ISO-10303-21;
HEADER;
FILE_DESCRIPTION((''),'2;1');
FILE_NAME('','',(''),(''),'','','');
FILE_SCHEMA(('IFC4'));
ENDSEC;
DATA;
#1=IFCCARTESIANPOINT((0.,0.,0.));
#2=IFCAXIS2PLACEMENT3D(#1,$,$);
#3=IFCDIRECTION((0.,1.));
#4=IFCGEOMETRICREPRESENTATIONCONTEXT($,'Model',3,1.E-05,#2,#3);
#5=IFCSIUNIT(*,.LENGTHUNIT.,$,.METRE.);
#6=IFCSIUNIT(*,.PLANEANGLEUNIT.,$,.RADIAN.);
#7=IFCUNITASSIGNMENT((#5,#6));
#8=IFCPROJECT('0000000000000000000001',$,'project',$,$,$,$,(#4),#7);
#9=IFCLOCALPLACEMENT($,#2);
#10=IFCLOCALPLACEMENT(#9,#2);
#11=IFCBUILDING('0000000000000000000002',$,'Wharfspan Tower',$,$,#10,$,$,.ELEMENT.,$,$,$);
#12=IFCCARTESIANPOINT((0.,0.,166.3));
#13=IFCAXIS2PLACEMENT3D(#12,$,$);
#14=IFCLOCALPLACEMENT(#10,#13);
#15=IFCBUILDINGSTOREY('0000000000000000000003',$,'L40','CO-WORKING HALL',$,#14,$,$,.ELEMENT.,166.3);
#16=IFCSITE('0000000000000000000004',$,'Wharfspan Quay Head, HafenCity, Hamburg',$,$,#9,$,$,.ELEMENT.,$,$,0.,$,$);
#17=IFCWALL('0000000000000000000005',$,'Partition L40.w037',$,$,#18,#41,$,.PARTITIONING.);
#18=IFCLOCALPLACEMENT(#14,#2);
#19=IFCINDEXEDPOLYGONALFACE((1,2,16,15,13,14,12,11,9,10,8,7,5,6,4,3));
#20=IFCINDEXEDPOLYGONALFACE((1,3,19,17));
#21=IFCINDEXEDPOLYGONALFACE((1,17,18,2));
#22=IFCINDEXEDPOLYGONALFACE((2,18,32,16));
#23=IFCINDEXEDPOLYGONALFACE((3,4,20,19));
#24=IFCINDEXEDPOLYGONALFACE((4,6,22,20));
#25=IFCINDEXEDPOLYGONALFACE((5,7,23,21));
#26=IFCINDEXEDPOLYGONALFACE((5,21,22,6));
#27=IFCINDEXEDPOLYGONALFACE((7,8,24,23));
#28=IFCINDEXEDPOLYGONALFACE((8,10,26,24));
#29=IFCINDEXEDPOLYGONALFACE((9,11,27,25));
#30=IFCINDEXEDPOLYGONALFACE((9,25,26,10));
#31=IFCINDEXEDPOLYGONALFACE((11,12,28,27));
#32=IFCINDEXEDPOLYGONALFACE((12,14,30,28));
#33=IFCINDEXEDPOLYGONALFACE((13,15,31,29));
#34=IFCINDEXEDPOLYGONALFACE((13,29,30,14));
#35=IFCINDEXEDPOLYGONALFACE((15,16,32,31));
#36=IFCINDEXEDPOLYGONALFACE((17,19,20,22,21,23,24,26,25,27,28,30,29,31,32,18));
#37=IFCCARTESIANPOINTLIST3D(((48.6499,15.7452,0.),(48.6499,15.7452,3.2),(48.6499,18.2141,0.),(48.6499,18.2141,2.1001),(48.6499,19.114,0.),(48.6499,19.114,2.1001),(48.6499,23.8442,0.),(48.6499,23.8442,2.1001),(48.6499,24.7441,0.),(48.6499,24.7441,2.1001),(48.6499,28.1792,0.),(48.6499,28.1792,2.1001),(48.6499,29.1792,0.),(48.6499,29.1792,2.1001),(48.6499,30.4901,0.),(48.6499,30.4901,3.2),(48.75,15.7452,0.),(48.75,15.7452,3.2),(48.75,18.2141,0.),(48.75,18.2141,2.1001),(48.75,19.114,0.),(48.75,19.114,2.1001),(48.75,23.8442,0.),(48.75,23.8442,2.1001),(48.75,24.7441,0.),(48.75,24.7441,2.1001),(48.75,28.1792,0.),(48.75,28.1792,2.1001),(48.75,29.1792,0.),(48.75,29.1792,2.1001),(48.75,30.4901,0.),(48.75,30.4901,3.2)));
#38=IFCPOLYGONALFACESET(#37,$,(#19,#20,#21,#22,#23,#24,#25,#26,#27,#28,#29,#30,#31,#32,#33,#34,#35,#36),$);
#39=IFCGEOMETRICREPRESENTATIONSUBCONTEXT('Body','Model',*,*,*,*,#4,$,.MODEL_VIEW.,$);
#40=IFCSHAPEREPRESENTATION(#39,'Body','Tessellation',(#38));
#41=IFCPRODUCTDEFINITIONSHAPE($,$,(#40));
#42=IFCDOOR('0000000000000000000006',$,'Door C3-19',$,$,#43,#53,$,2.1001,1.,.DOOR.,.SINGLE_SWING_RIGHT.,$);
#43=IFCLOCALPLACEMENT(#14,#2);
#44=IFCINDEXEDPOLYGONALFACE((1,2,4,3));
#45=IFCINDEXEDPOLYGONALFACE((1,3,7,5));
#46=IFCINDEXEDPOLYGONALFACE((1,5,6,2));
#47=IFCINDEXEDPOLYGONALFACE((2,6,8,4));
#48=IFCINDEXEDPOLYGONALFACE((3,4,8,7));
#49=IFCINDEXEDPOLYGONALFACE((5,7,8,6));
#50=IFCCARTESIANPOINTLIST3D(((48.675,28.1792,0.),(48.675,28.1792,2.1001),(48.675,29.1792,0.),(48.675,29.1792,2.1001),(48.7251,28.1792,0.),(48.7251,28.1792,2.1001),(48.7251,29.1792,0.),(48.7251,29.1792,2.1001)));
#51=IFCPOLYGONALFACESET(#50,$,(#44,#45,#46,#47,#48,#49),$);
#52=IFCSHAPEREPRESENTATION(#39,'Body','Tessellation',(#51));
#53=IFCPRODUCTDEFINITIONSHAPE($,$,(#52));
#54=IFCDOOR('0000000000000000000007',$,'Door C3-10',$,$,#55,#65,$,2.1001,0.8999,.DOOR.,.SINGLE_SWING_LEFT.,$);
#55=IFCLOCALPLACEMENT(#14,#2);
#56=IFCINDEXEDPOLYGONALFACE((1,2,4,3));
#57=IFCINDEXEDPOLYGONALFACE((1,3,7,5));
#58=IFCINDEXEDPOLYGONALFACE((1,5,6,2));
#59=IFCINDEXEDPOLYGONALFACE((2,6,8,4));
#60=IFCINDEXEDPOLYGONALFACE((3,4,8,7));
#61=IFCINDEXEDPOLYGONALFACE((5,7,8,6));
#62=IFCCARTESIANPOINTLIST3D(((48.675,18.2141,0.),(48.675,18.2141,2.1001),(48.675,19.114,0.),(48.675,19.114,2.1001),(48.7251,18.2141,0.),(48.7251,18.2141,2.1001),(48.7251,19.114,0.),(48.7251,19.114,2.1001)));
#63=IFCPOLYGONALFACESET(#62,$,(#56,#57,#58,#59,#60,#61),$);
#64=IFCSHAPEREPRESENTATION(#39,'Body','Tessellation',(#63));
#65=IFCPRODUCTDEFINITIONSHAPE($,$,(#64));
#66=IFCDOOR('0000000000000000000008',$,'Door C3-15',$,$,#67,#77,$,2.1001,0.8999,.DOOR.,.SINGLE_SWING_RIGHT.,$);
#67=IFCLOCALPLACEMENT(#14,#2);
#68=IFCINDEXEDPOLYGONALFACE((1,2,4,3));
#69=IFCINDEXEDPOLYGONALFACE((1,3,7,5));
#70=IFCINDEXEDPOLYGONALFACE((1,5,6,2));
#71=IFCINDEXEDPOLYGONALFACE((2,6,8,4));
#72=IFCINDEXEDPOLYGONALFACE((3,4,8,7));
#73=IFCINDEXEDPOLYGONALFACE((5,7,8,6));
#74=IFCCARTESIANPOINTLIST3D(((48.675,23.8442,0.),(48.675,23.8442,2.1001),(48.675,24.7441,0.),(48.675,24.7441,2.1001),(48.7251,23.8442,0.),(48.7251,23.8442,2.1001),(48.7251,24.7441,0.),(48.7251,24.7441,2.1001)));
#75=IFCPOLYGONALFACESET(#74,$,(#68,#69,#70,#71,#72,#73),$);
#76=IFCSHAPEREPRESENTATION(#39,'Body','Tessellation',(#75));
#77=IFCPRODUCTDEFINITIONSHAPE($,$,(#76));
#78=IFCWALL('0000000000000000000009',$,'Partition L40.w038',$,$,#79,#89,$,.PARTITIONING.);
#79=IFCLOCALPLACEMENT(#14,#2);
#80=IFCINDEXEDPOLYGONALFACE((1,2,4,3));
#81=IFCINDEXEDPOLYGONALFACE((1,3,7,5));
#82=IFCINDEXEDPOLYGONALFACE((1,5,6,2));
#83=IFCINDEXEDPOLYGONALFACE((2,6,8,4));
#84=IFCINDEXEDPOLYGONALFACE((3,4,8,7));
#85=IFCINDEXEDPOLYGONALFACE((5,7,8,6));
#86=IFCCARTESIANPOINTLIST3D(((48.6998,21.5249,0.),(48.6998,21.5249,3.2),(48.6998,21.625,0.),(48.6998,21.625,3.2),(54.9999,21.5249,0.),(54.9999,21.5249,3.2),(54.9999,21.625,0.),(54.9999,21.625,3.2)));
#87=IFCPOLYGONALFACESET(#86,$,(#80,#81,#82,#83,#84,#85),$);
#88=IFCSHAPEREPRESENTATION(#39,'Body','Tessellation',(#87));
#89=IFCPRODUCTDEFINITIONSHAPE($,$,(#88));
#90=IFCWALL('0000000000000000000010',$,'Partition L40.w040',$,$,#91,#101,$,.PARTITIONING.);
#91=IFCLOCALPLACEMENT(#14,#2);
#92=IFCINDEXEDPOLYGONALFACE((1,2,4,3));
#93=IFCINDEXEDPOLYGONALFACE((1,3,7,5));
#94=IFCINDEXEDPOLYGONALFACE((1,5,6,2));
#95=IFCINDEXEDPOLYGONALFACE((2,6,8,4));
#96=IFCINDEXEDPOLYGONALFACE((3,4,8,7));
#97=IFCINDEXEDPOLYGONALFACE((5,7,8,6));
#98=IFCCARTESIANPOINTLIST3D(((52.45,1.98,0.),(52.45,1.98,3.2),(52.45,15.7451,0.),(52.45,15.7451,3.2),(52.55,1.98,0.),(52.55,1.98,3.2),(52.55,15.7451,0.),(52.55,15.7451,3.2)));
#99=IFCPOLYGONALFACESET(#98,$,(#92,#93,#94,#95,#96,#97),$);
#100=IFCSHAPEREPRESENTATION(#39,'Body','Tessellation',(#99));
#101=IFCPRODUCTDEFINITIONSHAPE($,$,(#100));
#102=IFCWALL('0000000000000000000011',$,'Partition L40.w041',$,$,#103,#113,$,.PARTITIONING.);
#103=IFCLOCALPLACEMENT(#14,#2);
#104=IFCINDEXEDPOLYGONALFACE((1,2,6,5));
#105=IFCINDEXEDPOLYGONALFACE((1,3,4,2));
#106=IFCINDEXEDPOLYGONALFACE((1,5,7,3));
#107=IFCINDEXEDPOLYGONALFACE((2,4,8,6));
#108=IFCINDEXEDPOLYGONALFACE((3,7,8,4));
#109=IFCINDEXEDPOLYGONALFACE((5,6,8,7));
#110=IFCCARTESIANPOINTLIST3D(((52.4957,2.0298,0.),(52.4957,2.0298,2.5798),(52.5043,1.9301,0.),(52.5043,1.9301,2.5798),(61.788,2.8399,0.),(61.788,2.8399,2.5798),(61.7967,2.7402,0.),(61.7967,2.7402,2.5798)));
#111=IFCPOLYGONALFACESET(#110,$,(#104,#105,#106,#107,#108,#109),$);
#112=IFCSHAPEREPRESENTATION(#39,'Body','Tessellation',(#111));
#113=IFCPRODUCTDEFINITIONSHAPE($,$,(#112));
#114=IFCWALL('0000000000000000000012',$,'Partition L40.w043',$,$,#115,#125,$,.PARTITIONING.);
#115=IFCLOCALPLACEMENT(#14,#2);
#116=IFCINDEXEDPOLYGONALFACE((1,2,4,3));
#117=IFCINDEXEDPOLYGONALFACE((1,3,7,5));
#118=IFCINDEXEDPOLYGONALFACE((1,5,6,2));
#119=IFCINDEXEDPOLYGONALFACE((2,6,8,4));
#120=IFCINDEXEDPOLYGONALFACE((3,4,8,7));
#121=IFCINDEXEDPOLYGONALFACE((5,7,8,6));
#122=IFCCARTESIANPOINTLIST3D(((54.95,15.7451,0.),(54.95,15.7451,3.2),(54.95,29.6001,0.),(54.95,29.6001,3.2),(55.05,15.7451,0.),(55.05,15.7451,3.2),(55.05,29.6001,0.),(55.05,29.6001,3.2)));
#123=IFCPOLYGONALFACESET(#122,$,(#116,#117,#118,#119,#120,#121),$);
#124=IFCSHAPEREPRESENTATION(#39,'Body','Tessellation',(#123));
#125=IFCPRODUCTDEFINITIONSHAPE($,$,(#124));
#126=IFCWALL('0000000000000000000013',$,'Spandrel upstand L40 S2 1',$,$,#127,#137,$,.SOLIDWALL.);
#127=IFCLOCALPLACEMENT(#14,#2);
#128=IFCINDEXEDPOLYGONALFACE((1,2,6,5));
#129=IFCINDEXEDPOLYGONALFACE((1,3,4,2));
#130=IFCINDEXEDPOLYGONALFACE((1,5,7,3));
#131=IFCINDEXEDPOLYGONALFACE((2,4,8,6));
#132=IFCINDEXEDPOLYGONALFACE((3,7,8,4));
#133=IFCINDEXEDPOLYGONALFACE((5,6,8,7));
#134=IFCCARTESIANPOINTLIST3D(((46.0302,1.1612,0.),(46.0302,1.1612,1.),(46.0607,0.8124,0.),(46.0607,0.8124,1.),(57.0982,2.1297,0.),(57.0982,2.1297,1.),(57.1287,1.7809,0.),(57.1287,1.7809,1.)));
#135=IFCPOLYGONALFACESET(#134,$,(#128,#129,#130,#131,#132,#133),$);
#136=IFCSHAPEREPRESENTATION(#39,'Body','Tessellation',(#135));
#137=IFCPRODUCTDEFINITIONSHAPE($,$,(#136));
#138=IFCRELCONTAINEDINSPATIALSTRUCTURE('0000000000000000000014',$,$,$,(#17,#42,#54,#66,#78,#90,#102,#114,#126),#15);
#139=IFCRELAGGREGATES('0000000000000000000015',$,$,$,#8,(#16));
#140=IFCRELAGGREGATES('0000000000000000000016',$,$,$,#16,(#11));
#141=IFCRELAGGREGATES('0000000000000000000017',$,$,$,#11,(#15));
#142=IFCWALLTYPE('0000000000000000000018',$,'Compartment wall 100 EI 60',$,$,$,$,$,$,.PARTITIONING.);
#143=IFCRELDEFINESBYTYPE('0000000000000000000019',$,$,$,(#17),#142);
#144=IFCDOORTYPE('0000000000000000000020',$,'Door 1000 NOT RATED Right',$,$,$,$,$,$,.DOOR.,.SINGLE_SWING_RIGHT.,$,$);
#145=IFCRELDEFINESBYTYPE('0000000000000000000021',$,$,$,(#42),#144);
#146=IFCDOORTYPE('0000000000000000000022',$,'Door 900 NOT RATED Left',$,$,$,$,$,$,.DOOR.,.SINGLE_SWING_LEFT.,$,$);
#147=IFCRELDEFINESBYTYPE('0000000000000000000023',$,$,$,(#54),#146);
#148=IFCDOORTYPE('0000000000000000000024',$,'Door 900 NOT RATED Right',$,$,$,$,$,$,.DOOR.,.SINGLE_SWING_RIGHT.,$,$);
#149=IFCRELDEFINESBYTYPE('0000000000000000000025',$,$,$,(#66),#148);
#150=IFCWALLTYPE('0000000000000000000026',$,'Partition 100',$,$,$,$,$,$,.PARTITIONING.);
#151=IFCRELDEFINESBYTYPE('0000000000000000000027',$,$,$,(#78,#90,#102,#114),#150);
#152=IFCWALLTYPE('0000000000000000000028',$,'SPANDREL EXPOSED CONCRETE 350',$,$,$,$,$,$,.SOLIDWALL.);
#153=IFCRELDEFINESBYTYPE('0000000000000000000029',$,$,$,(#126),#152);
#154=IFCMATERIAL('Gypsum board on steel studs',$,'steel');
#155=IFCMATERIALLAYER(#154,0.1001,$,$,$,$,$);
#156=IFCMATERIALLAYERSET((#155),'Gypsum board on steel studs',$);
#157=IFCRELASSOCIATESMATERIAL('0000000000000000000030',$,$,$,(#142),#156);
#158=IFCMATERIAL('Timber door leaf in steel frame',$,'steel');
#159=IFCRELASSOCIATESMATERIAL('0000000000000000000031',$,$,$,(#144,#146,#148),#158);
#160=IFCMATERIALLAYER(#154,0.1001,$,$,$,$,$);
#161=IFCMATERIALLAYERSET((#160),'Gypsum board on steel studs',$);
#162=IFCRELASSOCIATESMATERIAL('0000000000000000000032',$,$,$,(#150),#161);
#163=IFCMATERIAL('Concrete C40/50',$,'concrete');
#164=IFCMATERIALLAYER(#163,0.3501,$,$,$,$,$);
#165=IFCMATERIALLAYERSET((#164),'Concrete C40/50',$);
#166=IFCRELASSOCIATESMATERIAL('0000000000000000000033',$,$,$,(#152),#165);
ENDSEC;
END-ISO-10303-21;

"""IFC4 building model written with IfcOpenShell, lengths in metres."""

from ifc_helpers import new_model, si_unit, direction, frame, frame_2d, origin, place, context, subcontext, project, spatial, rectangle, extrude, material, layer, layer_set, type_object, element, fill, save


model = new_model("IFC4")

# Units and contexts
model_context = context("Model", 3, precision=1e-05, world=origin(), true_north=direction((0.0, 1.0)))
body_context = subcontext(model_context, "Body", "Model", "MODEL_VIEW")
ifc_project = project(units=[si_unit("LENGTHUNIT", "METRE"), si_unit("PLANEANGLEUNIT", "RADIAN")], contexts=[model_context])

# Site, building, storey
site_placement = place(None, origin())
site = spatial("IfcSite", under=ifc_project, at=site_placement, Name="Wharfspan Quay Head, HafenCity, Hamburg", CompositionType="ELEMENT", RefElevation=0.0)
building_placement = place(site_placement, origin())
building = spatial("IfcBuilding", under=site, at=building_placement, Name="Wharfspan Tower", CompositionType="ELEMENT")
storey_placement = place(building_placement, frame((0.0, 0.0, 166.3)))
storey = spatial("IfcBuildingStorey", under=building, at=storey_placement, Name="L40", Description="CO-WORKING HALL", CompositionType="ELEMENT", Elevation=166.3)

# Shared definitions
ifc_material_1 = material(Name="Gypsum board on steel studs", Category="steel")
ifc_layer_1 = layer(ifc_material_1, 0.1001)
ifc_layer_set_1 = layer_set([ifc_layer_1], Name="Gypsum board on steel studs")
wall_type_1 = type_object("IfcWallType", Name="Compartment wall 100 EI 60", PredefinedType="PARTITIONING", material=ifc_layer_set_1)

# Wall, openings, doors
wall_1_placement = place(storey_placement, frame((48.7, 15.7451, 0.0), z_axis=(0.0, 0.0, 1.0), x_axis=(0.0, 1.0, 0.0)))
wall_1 = element("IfcWall", 1, at=wall_1_placement, inside=storey, type_object=wall_type_1, Name="Partition L40.w037", PredefinedType="PARTITIONING", context=body_context, shape_type="SweptSolid", body=[
    extrude(rectangle(XDim=14.7449, YDim=0.1001, at=frame_2d((7.3726, 0.0))), origin(), (0.0, 0.0, 1.0), 3.2),
])
opening_1_placement = place(wall_1_placement, frame((2.469, 0.0, 0.0)))
opening_1 = element("IfcOpeningElement", 2, at=opening_1_placement, cuts=wall_1, PredefinedType="OPENING", context=body_context, shape_type="SweptSolid", body=[
    extrude(rectangle(XDim=0.8999, YDim=2.1001, at=frame_2d((0.45, 1.05))), frame((0.0, 0.0601, 0.0), z_axis=(0.0, -1.0, 0.0), x_axis=(1.0, 0.0, 0.0)), (0.0, 0.0, 1.0), 0.1201),
])
opening_2_placement = place(wall_1_placement, frame((8.0991, 0.0, 0.0)))
opening_2 = element("IfcOpeningElement", 3, at=opening_2_placement, cuts=wall_1, PredefinedType="OPENING", context=body_context, shape_type="SweptSolid", body=[
    extrude(rectangle(XDim=0.8999, YDim=2.1001, at=frame_2d((0.45, 1.05))), frame((0.0, 0.0601, 0.0), z_axis=(0.0, -1.0, 0.0), x_axis=(1.0, 0.0, 0.0)), (0.0, 0.0, 1.0), 0.1201),
])
opening_3_placement = place(wall_1_placement, frame((12.4341, 0.0, 0.0)))
opening_3 = element("IfcOpeningElement", 4, at=opening_3_placement, cuts=wall_1, PredefinedType="OPENING", context=body_context, shape_type="SweptSolid", body=[
    extrude(rectangle(XDim=1.0, YDim=2.1001, at=frame_2d((0.5, 1.05))), frame((0.0, 0.0601, 0.0), z_axis=(0.0, -1.0, 0.0), x_axis=(1.0, 0.0, 0.0)), (0.0, 0.0, 1.0), 0.1201),
])
ifc_material_2 = material(Name="Timber door leaf in steel frame", Category="steel")
door_type_1 = type_object("IfcDoorType", Name="Door 1000 NOT RATED Right", OperationType="SINGLE_SWING_RIGHT", PredefinedType="DOOR", material=ifc_material_2)
door_1_placement = place(opening_3_placement, origin())
door_1 = element("IfcDoor", 5, at=door_1_placement, inside=storey, type_object=door_type_1, Name="Door C3-19", OperationType="SINGLE_SWING_RIGHT", OverallHeight=2.1001, OverallWidth=1.0, PredefinedType="DOOR", context=body_context, shape_type="SweptSolid", body=[
    extrude(rectangle(XDim=1.0, YDim=2.1001, at=frame_2d((0.5, 1.05))), frame((0.0, 0.0249, 0.0), z_axis=(0.0, -1.0, 0.0), x_axis=(1.0, 0.0, 0.0)), (0.0, 0.0, 1.0), 0.05),
])
fill(opening_3, door_1)
door_type_2 = type_object("IfcDoorType", Name="Door 900 NOT RATED Left", OperationType="SINGLE_SWING_LEFT", PredefinedType="DOOR", material=ifc_material_2)
door_2_placement = place(opening_1_placement, origin())
door_2 = element("IfcDoor", 6, at=door_2_placement, inside=storey, type_object=door_type_2, Name="Door C3-10", OperationType="SINGLE_SWING_LEFT", OverallHeight=2.1001, OverallWidth=0.8999, PredefinedType="DOOR", context=body_context, shape_type="SweptSolid", body=[
    extrude(rectangle(XDim=0.8999, YDim=2.1001, at=frame_2d((0.45, 1.05))), frame((0.0, 0.0249, 0.0), z_axis=(0.0, -1.0, 0.0), x_axis=(1.0, 0.0, 0.0)), (0.0, 0.0, 1.0), 0.05),
])
fill(opening_1, door_2)
door_type_3 = type_object("IfcDoorType", Name="Door 900 NOT RATED Right", OperationType="SINGLE_SWING_RIGHT", PredefinedType="DOOR", material=ifc_material_2)
door_3_placement = place(opening_2_placement, origin())
door_3 = element("IfcDoor", 7, at=door_3_placement, inside=storey, type_object=door_type_3, Name="Door C3-15", OperationType="SINGLE_SWING_RIGHT", OverallHeight=2.1001, OverallWidth=0.8999, PredefinedType="DOOR", context=body_context, shape_type="SweptSolid", body=[
    extrude(rectangle(XDim=0.8999, YDim=2.1001, at=frame_2d((0.45, 1.05))), frame((0.0, 0.0249, 0.0), z_axis=(0.0, -1.0, 0.0), x_axis=(1.0, 0.0, 0.0)), (0.0, 0.0, 1.0), 0.05),
])
fill(opening_2, door_3)

# Walls
ifc_layer_2 = layer(ifc_material_1, 0.1001)
ifc_layer_set_2 = layer_set([ifc_layer_2], Name="Gypsum board on steel studs")
wall_type_2 = type_object("IfcWallType", Name="Partition 100", PredefinedType="PARTITIONING", material=ifc_layer_set_2)
wall_2_placement = place(storey_placement, frame((48.7, 21.575, 0.0), z_axis=(0.0, 0.0, 1.0), x_axis=(1.0, 0.0, 0.0)))
element("IfcWall", 8, at=wall_2_placement, inside=storey, type_object=wall_type_2, Name="Partition L40.w038", PredefinedType="PARTITIONING", context=body_context, shape_type="SweptSolid", body=[
    extrude(rectangle(XDim=6.3, YDim=0.1001, at=frame_2d((3.1499, 0.0))), origin(), (0.0, 0.0, 1.0), 3.2),
])
wall_3_placement = place(storey_placement, frame((52.5, 1.98, 0.0), z_axis=(0.0, 0.0, 1.0), x_axis=(0.0, 1.0, 0.0)))
element("IfcWall", 9, at=wall_3_placement, inside=storey, type_object=wall_type_2, Name="Partition L40.w040", PredefinedType="PARTITIONING", context=body_context, shape_type="SweptSolid", body=[
    extrude(rectangle(XDim=13.7651, YDim=0.1001, at=frame_2d((6.8826, 0.0))), origin(), (0.0, 0.0, 1.0), 3.2),
])
wall_4_placement = place(storey_placement, frame((52.5, 1.98, 0.0), z_axis=(0.0, 0.0, 1.0), x_axis=(0.99622, 0.086844, 0.0)))
element("IfcWall", 10, at=wall_4_placement, inside=storey, type_object=wall_type_2, Name="Partition L40.w041", PredefinedType="PARTITIONING", context=body_context, shape_type="SweptSolid", body=[
    extrude(rectangle(XDim=9.3276, YDim=0.1001, at=frame_2d((4.6638, 0.0))), origin(), (0.0, 0.0, 1.0), 2.5798),
])
wall_5_placement = place(storey_placement, frame((55.0, 15.7451, 0.0), z_axis=(0.0, 0.0, 1.0), x_axis=(0.0, 1.0, 0.0)))
element("IfcWall", 11, at=wall_5_placement, inside=storey, type_object=wall_type_2, Name="Partition L40.w043", PredefinedType="PARTITIONING", context=body_context, shape_type="SweptSolid", body=[
    extrude(rectangle(XDim=13.855, YDim=0.1001, at=frame_2d((6.9275, 0.0))), origin(), (0.0, 0.0, 1.0), 3.2),
])
ifc_material_3 = material(Name="Concrete C40/50", Category="concrete")
ifc_layer_3 = layer(ifc_material_3, 0.3501)
ifc_layer_set_3 = layer_set([ifc_layer_3], Name="Concrete C40/50")
wall_type_3 = type_object("IfcWallType", Name="SPANDREL EXPOSED CONCRETE 350", PredefinedType="SOLIDWALL", material=ifc_layer_set_3)
wall_6_placement = place(storey_placement, frame((46.0454, 0.9868, 0.0), z_axis=(0.0, 0.0, 1.0), x_axis=(0.996193, 0.087171, 0.0)))
element("IfcWall", 12, at=wall_6_placement, inside=storey, type_object=wall_type_3, Name="Spandrel upstand L40 S2 1", PredefinedType="SOLIDWALL", context=body_context, shape_type="SweptSolid", body=[
    extrude(rectangle(XDim=11.1104, YDim=0.3501, at=frame_2d((5.5552, 0.0))), origin(), (0.0, 0.0, 1.0), 1.0),
])

save(model, "model.ifc")
